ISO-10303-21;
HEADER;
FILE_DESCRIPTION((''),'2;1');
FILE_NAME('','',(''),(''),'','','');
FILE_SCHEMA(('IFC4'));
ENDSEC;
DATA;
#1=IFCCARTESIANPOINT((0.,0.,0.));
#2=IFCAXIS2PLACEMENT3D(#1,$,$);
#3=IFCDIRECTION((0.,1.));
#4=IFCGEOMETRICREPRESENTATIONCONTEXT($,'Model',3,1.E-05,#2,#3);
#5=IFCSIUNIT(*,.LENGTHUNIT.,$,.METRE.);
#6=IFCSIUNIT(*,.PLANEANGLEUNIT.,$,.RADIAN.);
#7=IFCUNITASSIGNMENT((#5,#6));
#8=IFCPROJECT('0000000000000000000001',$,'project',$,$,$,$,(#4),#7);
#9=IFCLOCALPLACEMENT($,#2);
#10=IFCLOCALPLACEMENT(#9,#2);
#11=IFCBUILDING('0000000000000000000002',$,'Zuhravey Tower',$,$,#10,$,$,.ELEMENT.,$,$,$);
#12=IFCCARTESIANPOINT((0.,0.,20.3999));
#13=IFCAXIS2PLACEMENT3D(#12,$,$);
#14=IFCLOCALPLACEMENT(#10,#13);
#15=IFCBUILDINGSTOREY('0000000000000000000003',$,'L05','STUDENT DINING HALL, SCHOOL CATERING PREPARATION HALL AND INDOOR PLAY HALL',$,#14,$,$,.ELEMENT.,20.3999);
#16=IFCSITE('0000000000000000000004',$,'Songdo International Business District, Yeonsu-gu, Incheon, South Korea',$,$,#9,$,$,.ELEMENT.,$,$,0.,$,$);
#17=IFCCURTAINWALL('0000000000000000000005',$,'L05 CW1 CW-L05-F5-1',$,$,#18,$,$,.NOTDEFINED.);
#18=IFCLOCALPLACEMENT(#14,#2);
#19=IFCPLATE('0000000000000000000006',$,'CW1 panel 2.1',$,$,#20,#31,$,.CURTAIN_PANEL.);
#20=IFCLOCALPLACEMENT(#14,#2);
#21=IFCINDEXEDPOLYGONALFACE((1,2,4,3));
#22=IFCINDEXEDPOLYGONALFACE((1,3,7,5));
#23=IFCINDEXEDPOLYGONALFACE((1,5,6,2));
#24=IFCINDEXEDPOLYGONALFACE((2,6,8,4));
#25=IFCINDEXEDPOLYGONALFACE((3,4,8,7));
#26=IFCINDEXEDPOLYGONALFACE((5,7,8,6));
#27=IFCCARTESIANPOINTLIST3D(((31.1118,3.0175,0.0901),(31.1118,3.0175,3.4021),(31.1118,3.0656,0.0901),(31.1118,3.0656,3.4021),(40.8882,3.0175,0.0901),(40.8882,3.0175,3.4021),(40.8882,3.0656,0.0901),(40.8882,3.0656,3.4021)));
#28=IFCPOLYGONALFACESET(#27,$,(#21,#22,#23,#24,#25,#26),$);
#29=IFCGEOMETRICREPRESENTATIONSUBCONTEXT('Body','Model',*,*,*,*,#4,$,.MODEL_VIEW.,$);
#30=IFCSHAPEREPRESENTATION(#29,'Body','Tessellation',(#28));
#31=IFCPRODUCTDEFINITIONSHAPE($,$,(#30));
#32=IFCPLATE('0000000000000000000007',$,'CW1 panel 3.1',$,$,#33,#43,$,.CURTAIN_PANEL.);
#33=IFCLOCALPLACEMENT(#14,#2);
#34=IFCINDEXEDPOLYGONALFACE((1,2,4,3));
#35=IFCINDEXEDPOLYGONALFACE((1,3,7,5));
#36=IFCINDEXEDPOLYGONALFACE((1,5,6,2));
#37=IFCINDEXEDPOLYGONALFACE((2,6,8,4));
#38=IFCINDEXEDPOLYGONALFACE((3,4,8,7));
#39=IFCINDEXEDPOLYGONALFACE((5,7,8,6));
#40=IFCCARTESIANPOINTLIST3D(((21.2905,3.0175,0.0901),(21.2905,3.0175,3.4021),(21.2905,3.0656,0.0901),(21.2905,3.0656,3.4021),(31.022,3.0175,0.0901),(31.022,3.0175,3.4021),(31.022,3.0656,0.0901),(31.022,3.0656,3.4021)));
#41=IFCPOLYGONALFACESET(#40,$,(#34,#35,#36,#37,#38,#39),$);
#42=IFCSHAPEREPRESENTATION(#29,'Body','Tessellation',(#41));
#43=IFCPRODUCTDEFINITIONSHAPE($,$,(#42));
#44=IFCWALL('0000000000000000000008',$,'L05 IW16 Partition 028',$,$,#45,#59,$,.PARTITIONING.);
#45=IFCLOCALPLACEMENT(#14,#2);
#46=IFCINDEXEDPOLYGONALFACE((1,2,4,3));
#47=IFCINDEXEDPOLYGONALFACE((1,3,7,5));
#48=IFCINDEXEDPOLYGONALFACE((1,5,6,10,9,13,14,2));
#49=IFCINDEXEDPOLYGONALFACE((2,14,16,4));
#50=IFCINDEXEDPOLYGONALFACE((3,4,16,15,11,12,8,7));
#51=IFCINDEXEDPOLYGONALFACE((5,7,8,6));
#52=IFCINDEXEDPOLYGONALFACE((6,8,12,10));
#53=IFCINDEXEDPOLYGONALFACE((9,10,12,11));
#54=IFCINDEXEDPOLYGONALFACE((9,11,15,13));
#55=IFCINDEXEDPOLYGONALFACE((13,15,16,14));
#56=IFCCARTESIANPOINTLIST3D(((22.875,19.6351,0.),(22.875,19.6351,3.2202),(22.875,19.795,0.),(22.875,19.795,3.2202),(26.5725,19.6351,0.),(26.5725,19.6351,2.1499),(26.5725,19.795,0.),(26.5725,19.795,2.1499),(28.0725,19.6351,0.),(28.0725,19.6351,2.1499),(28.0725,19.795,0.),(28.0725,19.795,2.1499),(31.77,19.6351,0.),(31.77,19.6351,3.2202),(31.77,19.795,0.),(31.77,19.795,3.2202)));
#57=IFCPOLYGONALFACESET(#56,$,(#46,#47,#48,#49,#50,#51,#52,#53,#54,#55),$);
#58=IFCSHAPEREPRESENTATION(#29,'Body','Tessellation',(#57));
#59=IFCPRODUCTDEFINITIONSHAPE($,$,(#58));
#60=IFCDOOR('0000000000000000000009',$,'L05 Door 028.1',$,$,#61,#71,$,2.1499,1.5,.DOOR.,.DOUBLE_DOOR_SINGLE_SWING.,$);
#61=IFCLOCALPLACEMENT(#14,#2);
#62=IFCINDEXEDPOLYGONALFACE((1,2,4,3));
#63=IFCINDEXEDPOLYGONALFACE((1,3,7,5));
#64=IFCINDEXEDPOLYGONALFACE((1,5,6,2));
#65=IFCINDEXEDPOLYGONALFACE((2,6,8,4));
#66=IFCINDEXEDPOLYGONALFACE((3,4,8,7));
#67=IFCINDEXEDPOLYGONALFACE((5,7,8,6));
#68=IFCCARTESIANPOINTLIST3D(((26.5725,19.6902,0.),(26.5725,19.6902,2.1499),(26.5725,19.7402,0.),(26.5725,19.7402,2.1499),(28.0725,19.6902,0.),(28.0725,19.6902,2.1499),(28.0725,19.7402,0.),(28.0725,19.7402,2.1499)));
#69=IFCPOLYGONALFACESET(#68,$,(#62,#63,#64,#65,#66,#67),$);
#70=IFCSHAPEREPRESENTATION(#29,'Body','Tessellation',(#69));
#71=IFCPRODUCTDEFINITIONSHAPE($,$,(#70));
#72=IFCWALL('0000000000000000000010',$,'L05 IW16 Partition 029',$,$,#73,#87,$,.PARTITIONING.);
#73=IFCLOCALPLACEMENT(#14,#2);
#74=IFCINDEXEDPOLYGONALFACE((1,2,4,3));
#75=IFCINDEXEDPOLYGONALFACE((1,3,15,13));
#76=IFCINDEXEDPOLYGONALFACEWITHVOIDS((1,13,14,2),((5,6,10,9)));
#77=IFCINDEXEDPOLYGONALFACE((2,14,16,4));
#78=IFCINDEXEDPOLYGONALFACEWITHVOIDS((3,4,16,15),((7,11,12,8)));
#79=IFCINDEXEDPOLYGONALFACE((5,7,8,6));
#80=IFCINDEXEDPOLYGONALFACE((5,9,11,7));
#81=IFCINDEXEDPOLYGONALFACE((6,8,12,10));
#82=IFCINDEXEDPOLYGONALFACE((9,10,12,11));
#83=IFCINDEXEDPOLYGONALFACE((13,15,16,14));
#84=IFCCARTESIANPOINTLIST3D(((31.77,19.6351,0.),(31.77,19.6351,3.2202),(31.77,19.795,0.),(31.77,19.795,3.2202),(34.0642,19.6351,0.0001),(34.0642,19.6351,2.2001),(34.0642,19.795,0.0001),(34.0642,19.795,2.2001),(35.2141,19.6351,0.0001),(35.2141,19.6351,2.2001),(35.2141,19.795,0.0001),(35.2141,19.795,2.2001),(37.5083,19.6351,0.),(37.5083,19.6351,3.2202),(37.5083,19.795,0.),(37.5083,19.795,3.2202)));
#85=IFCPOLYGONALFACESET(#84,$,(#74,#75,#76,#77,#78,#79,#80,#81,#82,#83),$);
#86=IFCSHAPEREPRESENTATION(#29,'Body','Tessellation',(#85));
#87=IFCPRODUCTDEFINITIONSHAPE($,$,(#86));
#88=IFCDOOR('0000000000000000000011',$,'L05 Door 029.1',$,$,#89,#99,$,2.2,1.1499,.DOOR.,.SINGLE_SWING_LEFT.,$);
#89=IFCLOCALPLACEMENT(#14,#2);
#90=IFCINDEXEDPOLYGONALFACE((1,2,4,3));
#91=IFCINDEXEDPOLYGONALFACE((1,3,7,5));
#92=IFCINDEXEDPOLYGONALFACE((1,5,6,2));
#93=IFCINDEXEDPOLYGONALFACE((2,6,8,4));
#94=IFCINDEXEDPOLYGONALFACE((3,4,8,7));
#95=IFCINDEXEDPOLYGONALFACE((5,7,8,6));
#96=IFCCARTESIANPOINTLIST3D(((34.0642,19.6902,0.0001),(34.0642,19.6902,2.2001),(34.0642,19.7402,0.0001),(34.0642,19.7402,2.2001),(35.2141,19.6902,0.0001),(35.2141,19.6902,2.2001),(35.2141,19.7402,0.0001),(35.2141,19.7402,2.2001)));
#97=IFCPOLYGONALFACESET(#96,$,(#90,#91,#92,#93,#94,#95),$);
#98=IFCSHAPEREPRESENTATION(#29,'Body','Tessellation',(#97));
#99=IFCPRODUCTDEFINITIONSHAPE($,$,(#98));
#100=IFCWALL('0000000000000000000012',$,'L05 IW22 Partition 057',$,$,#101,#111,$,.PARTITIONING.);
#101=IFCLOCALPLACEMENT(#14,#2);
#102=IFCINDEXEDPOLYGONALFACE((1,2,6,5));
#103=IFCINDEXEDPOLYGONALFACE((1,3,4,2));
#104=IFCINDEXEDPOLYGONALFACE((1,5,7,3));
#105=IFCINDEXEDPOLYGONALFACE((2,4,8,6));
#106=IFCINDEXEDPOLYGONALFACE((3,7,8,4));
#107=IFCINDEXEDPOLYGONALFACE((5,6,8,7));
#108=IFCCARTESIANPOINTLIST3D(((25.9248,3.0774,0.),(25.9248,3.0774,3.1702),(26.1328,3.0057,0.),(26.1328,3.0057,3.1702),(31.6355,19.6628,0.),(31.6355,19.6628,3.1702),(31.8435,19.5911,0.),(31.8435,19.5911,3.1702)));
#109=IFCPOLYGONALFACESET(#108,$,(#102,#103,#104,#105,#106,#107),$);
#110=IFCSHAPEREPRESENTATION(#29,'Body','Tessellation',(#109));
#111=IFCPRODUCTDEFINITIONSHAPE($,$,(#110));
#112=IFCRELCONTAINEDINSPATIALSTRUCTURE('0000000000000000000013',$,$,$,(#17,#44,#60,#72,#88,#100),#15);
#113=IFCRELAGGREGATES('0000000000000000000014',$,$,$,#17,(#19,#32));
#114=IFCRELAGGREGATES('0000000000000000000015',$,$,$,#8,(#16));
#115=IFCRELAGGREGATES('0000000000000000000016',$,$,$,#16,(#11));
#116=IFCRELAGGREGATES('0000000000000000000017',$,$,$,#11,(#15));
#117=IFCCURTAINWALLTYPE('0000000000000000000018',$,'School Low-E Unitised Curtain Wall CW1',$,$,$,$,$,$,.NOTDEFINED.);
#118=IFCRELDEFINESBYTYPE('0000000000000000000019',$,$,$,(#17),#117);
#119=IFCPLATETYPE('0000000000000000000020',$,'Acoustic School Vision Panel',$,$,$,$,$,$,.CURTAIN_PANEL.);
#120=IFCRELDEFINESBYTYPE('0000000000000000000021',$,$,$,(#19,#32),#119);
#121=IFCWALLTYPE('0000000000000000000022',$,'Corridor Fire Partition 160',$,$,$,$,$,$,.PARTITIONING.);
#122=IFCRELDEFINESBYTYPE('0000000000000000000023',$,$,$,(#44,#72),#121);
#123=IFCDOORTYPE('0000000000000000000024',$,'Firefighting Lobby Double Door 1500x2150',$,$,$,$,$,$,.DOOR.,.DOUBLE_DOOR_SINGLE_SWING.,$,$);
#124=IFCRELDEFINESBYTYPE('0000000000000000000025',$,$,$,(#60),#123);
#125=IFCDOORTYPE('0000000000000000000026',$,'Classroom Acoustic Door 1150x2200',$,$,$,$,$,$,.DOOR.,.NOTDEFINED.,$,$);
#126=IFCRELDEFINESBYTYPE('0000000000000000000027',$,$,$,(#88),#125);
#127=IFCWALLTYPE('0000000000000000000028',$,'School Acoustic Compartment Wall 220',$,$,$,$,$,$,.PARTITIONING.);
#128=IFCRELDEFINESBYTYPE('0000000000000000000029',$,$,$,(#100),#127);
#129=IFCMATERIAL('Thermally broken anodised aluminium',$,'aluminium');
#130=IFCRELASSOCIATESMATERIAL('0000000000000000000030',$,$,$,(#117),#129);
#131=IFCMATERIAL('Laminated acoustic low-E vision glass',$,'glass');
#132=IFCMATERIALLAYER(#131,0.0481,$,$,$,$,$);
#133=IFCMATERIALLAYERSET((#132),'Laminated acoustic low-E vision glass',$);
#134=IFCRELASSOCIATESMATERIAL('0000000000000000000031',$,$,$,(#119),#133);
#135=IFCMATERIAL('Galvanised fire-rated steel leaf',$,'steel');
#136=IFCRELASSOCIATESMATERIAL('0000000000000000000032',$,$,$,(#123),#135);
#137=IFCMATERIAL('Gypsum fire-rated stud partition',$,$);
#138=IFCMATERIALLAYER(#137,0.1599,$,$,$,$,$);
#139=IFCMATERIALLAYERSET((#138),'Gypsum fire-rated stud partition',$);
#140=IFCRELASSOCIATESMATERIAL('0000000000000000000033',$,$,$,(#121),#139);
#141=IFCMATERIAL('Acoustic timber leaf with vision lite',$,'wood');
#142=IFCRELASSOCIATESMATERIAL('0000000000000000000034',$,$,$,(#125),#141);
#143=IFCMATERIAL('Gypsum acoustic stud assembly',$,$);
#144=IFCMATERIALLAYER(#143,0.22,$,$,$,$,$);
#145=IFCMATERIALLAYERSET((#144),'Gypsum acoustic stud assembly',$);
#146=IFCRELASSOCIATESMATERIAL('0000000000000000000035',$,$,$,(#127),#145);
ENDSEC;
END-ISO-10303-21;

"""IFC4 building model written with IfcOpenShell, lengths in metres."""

from ifc_helpers import new_model, si_unit, direction, frame, frame_2d, origin, origin_2d, place, context, subcontext, project, spatial, rectangle, extrude, material, layer, layer_set, type_object, element, fill, aggregate, save


model = new_model("IFC4")

# Units and contexts
model_context = context("Model", 3, precision=1e-05, world=origin(), true_north=direction((0.0, 1.0)))
body_context = subcontext(model_context, "Body", "Model", "MODEL_VIEW")
ifc_project = project(units=[si_unit("LENGTHUNIT", "METRE"), si_unit("PLANEANGLEUNIT", "RADIAN")], contexts=[model_context])

# Site, building, storey
site_placement = place(None, origin())
site = spatial("IfcSite", under=ifc_project, at=site_placement, Name="Songdo International Business District, Yeonsu-gu, Incheon, South Korea", CompositionType="ELEMENT", RefElevation=0.0)
building_placement = place(site_placement, origin())
building = spatial("IfcBuilding", under=site, at=building_placement, Name="Zuhravey Tower", CompositionType="ELEMENT")
storey_placement = place(building_placement, frame((0.0, 0.0, 20.3999)))
storey = spatial("IfcBuildingStorey", under=building, at=storey_placement, Name="L05", Description="STUDENT DINING HALL, SCHOOL CATERING PREPARATION HALL AND INDOOR PLAY HALL", CompositionType="ELEMENT", Elevation=20.3999)

# Curtain wall
ifc_material_1 = material(Name="Thermally broken anodised aluminium", Category="aluminium")
curtain_wall_type = type_object("IfcCurtainWallType", Name="School Low-E Unitised Curtain Wall CW1", PredefinedType="NOTDEFINED", material=ifc_material_1)
curtain_wall_placement = place(storey_placement, origin())
curtain_wall = element("IfcCurtainWall", 1, at=curtain_wall_placement, inside=storey, type_object=curtain_wall_type, Name="L05 CW1 CW-L05-F5-1", PredefinedType="NOTDEFINED")

# Plates
ifc_material_2 = material(Name="Laminated acoustic low-E vision glass", Category="glass")
ifc_layer_1 = layer(ifc_material_2, 0.0481)
ifc_layer_set_1 = layer_set([ifc_layer_1], Name="Laminated acoustic low-E vision glass")
plate_type = type_object("IfcPlateType", Name="Acoustic School Vision Panel", PredefinedType="CURTAIN_PANEL", material=ifc_layer_set_1)
plate_1_placement = place(storey_placement, frame((36.0, 3.0415, 0.0901), z_axis=(0.0, 0.0, 1.0), x_axis=(-1.0, 0.0, 0.0)))
plate_1 = element("IfcPlate", 2, at=plate_1_placement, type_object=plate_type, Name="CW1 panel 2.1", PredefinedType="CURTAIN_PANEL", context=body_context, shape_type="SweptSolid", body=[
    extrude(rectangle(XDim=9.7764, YDim=0.0481, at=origin_2d()), origin(), (0.0, 0.0, 1.0), 3.312),
])
plate_2_placement = place(storey_placement, frame((26.1562, 3.0415, 0.0901), z_axis=(0.0, 0.0, 1.0), x_axis=(-1.0, 0.0, 0.0)))
plate_2 = element("IfcPlate", 3, at=plate_2_placement, type_object=plate_type, Name="CW1 panel 3.1", PredefinedType="CURTAIN_PANEL", context=body_context, shape_type="SweptSolid", body=[
    extrude(rectangle(XDim=9.7314, YDim=0.0481, at=origin_2d()), origin(), (0.0, 0.0, 1.0), 3.312),
])
aggregate(curtain_wall, [plate_1, plate_2])

# Walls, openings, doors
ifc_material_3 = material(Name="Galvanised fire-rated steel leaf", Category="steel")
door_type_1 = type_object("IfcDoorType", Name="Firefighting Lobby Double Door 1500x2150", OperationType="DOUBLE_DOOR_SINGLE_SWING", PredefinedType="DOOR", material=ifc_material_3)
ifc_material_4 = material(Name="Gypsum fire-rated stud partition")
ifc_layer_2 = layer(ifc_material_4, 0.1599)
ifc_layer_set_2 = layer_set([ifc_layer_2], Name="Gypsum fire-rated stud partition")
wall_type_1 = type_object("IfcWallType", Name="Corridor Fire Partition 160", PredefinedType="PARTITIONING", material=ifc_layer_set_2)
wall_1_placement = place(storey_placement, frame((22.875, 19.7151, 0.0), z_axis=(0.0, 0.0, 1.0), x_axis=(1.0, 0.0, 0.0)))
wall_1 = element("IfcWall", 4, at=wall_1_placement, inside=storey, type_object=wall_type_1, Name="L05 IW16 Partition 028", PredefinedType="PARTITIONING", context=body_context, shape_type="SweptSolid", body=[
    extrude(rectangle(XDim=8.895, YDim=0.1599, at=frame_2d((4.4475, 0.0))), origin(), (0.0, 0.0, 1.0), 3.2202),
])
opening_1_placement = place(wall_1_placement, frame((3.6975, 0.0, 0.0)))
opening_1 = element("IfcOpeningElement", 5, at=opening_1_placement, cuts=wall_1, PredefinedType="OPENING", context=body_context, shape_type="SweptSolid", body=[
    extrude(rectangle(XDim=1.5, YDim=2.1499, at=frame_2d((0.75, 1.075))), frame((0.0, 0.092, 0.0), z_axis=(0.0, -1.0, 0.0), x_axis=(1.0, 0.0, 0.0)), (0.0, 0.0, 1.0), 0.1838),
])
door_1_placement = place(opening_1_placement, frame((1.5, 0.0, 0.0), z_axis=(0.0, 0.0, 1.0), x_axis=(-1.0, 0.0, 0.0)))
door_1 = element("IfcDoor", 6, at=door_1_placement, inside=storey, type_object=door_type_1, Name="L05 Door 028.1", OperationType="DOUBLE_DOOR_SINGLE_SWING", OverallHeight=2.1499, OverallWidth=1.5, PredefinedType="DOOR", context=body_context, shape_type="SweptSolid", body=[
    extrude(rectangle(XDim=1.5, YDim=2.1499, at=frame_2d((0.75, 1.075))), frame((0.0, 0.0249, 0.0), z_axis=(0.0, -1.0, 0.0), x_axis=(1.0, 0.0, 0.0)), (0.0, 0.0, 1.0), 0.05),
])
fill(opening_1, door_1)
wall_2_placement = place(storey_placement, frame((31.77, 19.7151, 0.0), z_axis=(0.0, 0.0, 1.0), x_axis=(1.0, 0.0, 0.0)))
wall_2 = element("IfcWall", 7, at=wall_2_placement, inside=storey, type_object=wall_type_1, Name="L05 IW16 Partition 029", PredefinedType="PARTITIONING", context=body_context, shape_type="SweptSolid", body=[
    extrude(rectangle(XDim=5.7383, YDim=0.1599, at=frame_2d((2.8691, 0.0))), origin(), (0.0, 0.0, 1.0), 3.2202),
])
opening_2_placement = place(wall_2_placement, frame((2.2942, 0.0, 0.0)))
opening_2 = element("IfcOpeningElement", 8, at=opening_2_placement, cuts=wall_2, PredefinedType="OPENING", context=body_context, shape_type="SweptSolid", body=[
    extrude(rectangle(XDim=1.1499, YDim=2.2, at=frame_2d((0.575, 1.1001))), frame((0.0, 0.092, 0.0), z_axis=(0.0, -1.0, 0.0), x_axis=(1.0, 0.0, 0.0)), (0.0, 0.0, 1.0), 0.1838),
])
ifc_material_5 = material(Name="Acoustic timber leaf with vision lite", Category="wood")
door_type_2 = type_object("IfcDoorType", Name="Classroom Acoustic Door 1150x2200", OperationType="NOTDEFINED", PredefinedType="DOOR", material=ifc_material_5)
door_2_placement = place(opening_2_placement, frame((1.1499, 0.0, 0.0), z_axis=(0.0, 0.0, 1.0), x_axis=(-1.0, 0.0, 0.0)))
door_2 = element("IfcDoor", 9, at=door_2_placement, inside=storey, type_object=door_type_2, Name="L05 Door 029.1", OperationType="SINGLE_SWING_LEFT", OverallHeight=2.2, OverallWidth=1.1499, PredefinedType="DOOR", context=body_context, shape_type="SweptSolid", body=[
    extrude(rectangle(XDim=1.1499, YDim=2.2, at=frame_2d((0.575, 1.1001))), frame((0.0, 0.0249, 0.0), z_axis=(0.0, -1.0, 0.0), x_axis=(1.0, 0.0, 0.0)), (0.0, 0.0, 1.0), 0.05),
])
fill(opening_2, door_2)

# Wall
ifc_material_6 = material(Name="Gypsum acoustic stud assembly")
ifc_layer_3 = layer(ifc_material_6, 0.22)
ifc_layer_set_3 = layer_set([ifc_layer_3], Name="Gypsum acoustic stud assembly")
wall_type_2 = type_object("IfcWallType", Name="School Acoustic Compartment Wall 220", PredefinedType="PARTITIONING", material=ifc_layer_set_3)
wall_3_placement = place(storey_placement, frame((31.7395, 19.627, 0.0), z_axis=(0.0, 0.0, 1.0), x_axis=(-0.325561, -0.945521, 0.0)))
element("IfcWall", 10, at=wall_3_placement, inside=storey, type_object=wall_type_2, Name="L05 IW22 Partition 057", PredefinedType="PARTITIONING", context=body_context, shape_type="SweptSolid", body=[
    extrude(rectangle(XDim=17.541, YDim=0.22, at=frame_2d((8.7705, 0.0))), origin(), (0.0, 0.0, 1.0), 3.1702),
])

save(model, "model.ifc")
